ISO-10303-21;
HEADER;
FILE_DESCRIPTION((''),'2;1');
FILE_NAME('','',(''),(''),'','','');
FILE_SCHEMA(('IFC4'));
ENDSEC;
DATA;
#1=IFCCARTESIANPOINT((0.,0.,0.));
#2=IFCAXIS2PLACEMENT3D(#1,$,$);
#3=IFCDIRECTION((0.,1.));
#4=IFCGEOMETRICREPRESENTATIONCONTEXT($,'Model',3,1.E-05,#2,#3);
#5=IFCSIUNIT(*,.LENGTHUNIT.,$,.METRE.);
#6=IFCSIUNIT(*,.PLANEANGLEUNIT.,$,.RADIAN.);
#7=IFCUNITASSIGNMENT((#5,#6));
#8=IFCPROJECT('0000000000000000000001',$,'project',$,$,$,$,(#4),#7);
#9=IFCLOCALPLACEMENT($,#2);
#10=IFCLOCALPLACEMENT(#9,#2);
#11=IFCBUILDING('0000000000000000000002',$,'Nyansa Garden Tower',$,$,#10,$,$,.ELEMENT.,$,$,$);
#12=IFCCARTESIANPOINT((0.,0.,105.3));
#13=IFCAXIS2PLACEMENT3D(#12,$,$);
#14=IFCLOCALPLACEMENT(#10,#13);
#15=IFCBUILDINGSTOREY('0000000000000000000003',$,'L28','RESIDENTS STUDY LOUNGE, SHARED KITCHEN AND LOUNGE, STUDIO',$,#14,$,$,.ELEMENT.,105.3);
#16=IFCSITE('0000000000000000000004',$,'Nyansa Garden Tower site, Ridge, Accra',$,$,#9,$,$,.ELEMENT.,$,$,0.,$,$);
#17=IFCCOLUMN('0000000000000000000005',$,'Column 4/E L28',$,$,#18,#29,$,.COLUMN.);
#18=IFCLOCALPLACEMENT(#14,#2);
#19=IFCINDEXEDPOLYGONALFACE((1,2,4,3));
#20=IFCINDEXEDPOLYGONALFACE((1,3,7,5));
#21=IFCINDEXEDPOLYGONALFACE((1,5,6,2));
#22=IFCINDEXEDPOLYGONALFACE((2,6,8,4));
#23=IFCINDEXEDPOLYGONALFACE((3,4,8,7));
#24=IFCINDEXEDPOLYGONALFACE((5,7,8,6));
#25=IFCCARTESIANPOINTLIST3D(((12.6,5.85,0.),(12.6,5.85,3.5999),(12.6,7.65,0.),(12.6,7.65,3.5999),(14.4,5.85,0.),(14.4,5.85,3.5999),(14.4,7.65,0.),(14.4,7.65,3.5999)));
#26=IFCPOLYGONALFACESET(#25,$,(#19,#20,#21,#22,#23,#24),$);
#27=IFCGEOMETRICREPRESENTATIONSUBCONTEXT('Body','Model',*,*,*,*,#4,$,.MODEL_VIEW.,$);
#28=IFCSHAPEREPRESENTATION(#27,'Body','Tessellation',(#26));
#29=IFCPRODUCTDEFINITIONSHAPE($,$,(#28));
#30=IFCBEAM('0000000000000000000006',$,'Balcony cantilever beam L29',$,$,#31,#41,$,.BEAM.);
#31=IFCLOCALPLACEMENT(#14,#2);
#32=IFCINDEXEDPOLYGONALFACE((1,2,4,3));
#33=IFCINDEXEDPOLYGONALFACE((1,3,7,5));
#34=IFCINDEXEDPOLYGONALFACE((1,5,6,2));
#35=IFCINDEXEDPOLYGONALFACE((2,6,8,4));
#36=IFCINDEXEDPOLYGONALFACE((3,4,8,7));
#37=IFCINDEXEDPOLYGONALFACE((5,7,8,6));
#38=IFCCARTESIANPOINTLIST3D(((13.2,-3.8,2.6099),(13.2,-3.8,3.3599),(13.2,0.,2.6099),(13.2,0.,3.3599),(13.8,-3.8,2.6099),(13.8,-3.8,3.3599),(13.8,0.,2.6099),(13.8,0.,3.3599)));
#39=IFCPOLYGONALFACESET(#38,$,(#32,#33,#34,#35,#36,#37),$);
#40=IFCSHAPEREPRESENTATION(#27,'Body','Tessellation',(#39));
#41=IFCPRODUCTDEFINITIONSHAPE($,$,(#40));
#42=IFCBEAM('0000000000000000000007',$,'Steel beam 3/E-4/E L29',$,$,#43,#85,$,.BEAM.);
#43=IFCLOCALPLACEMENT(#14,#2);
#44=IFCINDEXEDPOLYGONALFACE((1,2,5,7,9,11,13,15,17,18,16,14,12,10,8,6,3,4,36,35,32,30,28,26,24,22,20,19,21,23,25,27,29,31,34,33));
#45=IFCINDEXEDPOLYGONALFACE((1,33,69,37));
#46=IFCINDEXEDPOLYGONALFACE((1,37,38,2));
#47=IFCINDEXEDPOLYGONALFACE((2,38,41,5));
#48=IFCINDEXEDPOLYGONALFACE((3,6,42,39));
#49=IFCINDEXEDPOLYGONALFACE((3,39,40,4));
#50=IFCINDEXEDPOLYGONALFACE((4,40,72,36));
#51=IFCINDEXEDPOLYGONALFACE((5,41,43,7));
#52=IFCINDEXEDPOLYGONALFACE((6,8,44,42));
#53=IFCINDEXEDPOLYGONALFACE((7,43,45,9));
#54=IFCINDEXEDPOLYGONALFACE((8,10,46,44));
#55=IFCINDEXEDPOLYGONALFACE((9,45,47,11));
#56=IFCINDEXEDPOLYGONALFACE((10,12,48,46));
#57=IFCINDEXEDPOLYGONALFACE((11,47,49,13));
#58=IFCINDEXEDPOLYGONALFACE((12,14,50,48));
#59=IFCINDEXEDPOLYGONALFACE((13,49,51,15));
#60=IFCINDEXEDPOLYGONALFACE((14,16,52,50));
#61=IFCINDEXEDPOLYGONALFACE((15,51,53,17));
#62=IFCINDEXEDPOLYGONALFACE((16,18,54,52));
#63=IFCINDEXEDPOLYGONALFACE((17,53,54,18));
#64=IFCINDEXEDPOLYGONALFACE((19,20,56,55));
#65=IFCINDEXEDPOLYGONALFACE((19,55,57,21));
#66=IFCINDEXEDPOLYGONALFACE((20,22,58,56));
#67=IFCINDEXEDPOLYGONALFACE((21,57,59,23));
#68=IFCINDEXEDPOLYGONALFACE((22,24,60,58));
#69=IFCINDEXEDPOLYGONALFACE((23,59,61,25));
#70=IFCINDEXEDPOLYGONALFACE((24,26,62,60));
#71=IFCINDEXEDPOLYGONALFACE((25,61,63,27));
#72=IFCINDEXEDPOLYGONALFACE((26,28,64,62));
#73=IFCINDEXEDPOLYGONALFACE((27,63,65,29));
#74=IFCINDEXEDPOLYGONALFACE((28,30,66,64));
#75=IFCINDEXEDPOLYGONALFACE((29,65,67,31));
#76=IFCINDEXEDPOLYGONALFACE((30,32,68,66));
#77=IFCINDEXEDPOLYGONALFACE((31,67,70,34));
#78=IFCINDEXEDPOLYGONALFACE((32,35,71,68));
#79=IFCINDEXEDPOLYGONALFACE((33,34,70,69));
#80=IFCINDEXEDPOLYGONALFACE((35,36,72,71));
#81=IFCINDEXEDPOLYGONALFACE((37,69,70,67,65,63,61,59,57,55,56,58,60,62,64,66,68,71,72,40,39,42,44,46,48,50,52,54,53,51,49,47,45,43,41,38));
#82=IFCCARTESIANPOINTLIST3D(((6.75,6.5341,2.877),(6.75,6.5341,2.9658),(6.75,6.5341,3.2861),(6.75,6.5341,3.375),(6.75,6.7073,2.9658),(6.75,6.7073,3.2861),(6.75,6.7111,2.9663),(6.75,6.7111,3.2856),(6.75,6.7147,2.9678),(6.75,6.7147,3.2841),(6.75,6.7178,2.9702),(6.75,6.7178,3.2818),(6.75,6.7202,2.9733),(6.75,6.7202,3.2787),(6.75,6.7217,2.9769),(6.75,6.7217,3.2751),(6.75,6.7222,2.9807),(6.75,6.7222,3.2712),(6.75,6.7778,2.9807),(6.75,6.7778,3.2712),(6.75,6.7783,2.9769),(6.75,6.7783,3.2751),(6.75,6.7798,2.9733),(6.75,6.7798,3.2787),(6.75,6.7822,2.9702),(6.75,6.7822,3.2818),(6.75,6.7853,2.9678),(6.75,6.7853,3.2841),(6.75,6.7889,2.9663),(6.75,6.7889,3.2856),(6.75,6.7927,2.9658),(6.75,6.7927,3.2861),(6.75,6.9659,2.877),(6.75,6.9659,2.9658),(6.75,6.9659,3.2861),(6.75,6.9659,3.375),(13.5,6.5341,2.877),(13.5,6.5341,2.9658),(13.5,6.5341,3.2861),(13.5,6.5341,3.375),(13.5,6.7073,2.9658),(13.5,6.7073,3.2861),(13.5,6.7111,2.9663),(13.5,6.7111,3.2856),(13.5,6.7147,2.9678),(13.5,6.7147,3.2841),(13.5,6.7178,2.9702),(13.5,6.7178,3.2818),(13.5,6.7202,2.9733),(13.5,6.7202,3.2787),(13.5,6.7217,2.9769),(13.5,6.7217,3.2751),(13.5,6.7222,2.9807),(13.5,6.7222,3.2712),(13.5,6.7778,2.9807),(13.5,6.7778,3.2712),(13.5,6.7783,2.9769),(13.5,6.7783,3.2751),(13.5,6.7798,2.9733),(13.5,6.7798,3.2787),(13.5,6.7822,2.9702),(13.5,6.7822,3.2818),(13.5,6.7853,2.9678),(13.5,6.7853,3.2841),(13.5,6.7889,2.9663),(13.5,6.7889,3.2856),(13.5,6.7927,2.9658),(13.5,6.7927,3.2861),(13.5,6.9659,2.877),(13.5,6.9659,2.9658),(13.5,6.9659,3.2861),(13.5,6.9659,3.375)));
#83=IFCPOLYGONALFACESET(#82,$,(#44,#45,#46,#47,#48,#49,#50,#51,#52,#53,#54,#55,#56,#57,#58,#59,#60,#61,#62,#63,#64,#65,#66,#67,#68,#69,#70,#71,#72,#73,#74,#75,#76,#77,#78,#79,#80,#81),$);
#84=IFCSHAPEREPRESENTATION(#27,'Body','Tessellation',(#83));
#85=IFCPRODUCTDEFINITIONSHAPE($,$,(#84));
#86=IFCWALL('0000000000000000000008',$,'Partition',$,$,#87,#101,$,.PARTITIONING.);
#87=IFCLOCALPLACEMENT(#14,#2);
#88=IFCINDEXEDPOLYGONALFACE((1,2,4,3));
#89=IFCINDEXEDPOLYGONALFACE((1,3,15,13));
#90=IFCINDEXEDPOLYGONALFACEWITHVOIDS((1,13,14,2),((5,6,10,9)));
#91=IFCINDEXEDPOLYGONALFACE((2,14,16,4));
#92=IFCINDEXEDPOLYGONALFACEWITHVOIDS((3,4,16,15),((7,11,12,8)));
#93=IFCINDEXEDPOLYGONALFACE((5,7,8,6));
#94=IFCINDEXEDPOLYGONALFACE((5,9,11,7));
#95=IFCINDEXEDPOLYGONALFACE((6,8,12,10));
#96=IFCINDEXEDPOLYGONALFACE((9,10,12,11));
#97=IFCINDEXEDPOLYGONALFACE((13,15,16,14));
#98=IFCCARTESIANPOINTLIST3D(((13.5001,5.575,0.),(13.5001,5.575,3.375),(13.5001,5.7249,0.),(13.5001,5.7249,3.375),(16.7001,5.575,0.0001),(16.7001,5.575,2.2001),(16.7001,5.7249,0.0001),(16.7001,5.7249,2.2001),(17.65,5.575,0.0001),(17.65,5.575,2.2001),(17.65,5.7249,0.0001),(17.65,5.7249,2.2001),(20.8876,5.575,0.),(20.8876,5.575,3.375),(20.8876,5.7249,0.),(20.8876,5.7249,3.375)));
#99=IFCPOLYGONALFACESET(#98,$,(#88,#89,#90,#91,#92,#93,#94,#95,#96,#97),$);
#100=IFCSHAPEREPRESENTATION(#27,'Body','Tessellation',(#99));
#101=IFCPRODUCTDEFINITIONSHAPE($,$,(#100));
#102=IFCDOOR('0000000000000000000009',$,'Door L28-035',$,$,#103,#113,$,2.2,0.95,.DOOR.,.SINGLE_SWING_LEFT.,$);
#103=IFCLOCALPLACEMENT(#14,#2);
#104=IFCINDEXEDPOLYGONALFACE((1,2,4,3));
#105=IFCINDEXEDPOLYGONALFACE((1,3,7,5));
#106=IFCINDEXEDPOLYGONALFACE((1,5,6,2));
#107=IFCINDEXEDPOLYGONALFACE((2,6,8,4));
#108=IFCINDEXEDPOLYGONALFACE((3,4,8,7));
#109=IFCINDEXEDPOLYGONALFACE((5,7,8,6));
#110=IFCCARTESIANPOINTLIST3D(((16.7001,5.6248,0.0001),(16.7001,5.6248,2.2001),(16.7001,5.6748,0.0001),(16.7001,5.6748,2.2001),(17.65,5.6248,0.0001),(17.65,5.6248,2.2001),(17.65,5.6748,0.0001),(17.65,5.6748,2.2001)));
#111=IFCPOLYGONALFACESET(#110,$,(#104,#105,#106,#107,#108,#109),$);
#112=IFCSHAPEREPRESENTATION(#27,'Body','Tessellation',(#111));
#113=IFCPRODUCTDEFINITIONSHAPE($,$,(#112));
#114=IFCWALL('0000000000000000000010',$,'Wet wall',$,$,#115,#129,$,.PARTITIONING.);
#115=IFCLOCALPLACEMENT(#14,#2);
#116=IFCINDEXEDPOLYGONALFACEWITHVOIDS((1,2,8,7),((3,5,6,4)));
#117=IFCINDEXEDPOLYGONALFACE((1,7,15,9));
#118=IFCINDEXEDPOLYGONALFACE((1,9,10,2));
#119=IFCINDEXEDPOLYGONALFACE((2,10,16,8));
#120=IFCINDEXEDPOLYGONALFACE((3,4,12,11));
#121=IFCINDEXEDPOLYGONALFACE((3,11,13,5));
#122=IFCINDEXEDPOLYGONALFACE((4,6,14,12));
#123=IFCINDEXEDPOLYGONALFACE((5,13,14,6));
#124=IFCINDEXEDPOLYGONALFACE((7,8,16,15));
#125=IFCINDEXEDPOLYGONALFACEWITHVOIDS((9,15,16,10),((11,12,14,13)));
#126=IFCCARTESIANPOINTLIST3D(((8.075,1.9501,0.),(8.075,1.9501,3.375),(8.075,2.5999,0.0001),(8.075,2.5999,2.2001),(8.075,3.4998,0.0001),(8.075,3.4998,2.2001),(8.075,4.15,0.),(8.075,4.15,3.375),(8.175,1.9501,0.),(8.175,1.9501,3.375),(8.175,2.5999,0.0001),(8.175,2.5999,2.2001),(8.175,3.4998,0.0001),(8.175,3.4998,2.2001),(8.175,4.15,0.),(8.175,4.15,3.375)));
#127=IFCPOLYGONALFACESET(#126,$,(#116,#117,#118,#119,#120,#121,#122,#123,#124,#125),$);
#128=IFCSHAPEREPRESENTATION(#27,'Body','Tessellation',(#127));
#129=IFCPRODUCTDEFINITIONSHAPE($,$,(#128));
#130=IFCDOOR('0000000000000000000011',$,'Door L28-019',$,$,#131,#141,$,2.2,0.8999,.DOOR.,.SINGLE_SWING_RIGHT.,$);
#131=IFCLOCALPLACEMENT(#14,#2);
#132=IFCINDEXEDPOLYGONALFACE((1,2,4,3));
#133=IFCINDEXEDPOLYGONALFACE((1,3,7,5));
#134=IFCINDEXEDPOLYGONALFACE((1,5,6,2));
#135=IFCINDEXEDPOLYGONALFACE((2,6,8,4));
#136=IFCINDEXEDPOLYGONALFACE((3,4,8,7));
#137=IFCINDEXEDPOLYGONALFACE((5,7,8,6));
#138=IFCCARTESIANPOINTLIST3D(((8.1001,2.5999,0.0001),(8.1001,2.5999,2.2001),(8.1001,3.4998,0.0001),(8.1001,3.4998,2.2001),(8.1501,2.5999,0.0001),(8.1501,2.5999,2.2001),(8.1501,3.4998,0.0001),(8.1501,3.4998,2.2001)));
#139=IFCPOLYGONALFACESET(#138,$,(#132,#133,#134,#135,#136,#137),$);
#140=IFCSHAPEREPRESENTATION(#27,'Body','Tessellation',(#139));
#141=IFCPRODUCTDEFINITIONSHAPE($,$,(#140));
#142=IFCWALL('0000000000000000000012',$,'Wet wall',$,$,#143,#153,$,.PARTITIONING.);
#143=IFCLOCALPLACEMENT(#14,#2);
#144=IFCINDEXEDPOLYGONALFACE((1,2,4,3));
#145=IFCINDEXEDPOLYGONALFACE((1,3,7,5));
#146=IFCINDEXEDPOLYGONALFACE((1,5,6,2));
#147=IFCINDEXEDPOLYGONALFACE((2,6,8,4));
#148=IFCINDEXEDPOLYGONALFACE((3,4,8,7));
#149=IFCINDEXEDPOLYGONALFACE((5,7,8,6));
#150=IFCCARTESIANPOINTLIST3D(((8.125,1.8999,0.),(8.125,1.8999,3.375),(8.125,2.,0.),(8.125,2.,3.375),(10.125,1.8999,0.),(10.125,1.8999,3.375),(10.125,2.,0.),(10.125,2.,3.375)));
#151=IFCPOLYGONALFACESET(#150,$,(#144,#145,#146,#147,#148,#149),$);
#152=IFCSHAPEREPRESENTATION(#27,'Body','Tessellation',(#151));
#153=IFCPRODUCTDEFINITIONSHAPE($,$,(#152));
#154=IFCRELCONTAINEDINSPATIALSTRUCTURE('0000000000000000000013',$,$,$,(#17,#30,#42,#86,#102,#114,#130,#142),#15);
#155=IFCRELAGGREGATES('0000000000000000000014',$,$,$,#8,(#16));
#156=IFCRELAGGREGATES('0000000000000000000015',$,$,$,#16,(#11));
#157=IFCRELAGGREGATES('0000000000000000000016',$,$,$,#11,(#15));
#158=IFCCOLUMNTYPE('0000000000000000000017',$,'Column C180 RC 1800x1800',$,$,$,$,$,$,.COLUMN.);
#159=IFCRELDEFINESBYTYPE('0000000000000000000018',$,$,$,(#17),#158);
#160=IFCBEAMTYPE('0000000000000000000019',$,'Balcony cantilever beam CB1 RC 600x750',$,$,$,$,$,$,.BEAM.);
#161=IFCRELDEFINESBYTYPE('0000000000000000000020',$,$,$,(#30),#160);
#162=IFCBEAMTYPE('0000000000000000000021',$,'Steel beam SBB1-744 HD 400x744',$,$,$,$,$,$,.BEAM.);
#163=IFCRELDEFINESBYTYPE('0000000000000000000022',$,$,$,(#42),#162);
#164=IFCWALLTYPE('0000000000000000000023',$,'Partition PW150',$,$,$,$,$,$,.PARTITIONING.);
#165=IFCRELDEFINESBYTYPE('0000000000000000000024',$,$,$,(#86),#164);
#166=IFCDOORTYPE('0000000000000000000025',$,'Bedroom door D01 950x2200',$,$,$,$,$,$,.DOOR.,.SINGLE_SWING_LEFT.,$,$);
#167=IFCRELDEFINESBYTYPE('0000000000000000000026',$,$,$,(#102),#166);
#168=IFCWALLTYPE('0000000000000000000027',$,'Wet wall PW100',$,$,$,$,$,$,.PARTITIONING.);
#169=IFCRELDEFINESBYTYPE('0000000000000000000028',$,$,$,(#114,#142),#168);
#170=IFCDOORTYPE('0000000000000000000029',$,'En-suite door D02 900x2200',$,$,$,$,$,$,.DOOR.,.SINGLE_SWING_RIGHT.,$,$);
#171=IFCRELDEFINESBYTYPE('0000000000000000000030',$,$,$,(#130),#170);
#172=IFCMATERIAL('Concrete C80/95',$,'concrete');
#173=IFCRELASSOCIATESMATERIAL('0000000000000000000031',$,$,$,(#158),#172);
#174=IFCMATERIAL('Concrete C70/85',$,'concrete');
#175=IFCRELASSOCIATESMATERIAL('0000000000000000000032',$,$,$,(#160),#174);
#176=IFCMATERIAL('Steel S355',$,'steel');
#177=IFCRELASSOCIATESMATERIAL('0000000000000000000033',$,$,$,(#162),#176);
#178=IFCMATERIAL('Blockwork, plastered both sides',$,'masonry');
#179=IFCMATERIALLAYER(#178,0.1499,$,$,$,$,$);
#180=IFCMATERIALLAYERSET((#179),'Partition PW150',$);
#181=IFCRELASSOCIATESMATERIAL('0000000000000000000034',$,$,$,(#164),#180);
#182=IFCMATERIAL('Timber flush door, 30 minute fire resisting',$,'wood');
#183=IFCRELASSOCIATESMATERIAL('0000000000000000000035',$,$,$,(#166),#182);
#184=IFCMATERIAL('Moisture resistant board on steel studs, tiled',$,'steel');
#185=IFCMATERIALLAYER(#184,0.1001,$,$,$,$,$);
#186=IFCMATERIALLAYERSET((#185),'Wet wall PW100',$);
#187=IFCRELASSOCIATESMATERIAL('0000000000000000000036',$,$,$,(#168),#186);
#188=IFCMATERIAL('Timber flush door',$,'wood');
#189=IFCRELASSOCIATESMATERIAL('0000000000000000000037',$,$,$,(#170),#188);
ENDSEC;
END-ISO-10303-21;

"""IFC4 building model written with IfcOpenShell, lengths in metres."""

from ifc_helpers import new_model, si_unit, direction, frame, frame_2d, origin, origin_2d, place, context, subcontext, project, spatial, rectangle, i_section, extrude, material, layer, layer_set, material_profile, profile_set, type_object, element, fill, save


model = new_model("IFC4")

# Units and contexts
model_context = context("Model", 3, precision=1e-05, world=origin(), true_north=direction((0.0, 1.0)))
body_context = subcontext(model_context, "Body", "Model", "MODEL_VIEW")
ifc_project = project(units=[si_unit("LENGTHUNIT", "METRE"), si_unit("PLANEANGLEUNIT", "RADIAN")], contexts=[model_context])

# Site, building, storey
site_placement = place(None, origin())
site = spatial("IfcSite", under=ifc_project, at=site_placement, Name="Nyansa Garden Tower site, Ridge, Accra", CompositionType="ELEMENT", RefElevation=0.0)
building_placement = place(site_placement, origin())
building = spatial("IfcBuilding", under=site, at=building_placement, Name="Nyansa Garden Tower", CompositionType="ELEMENT")
storey_placement = place(building_placement, frame((0.0, 0.0, 105.3)))
storey = spatial("IfcBuildingStorey", under=building, at=storey_placement, Name="L28", Description="RESIDENTS STUDY LOUNGE, SHARED KITCHEN AND LOUNGE, STUDIO", CompositionType="ELEMENT", Elevation=105.3)

# Column
ifc_material_1 = material(Name="Concrete C80/95", Category="concrete")
ifc_material_profile_1 = material_profile(ifc_material_1, rectangle(XDim=1.8, YDim=1.8, at=origin_2d()), Name="RC 1800x1800")
ifc_profile_set_1 = profile_set([ifc_material_profile_1], Name="Concrete C80/95")
column_type = type_object("IfcColumnType", Name="Column C180 RC 1800x1800", PredefinedType="COLUMN", material=ifc_profile_set_1)
column_placement = place(storey_placement, frame((13.5, 6.75, 0.0), z_axis=(0.0, 0.0, 1.0), x_axis=(1.0, 0.0, 0.0)))
element("IfcColumn", 1, at=column_placement, inside=storey, type_object=column_type, Name="Column 4/E L28", PredefinedType="COLUMN", context=body_context, shape_type="SweptSolid", body=[
    extrude(rectangle(XDim=1.8, YDim=1.8, at=origin_2d()), origin(), (0.0, 0.0, 1.0), 3.5999),
])

# Beams
ifc_material_2 = material(Name="Concrete C70/85", Category="concrete")
ifc_material_profile_2 = material_profile(ifc_material_2, rectangle(XDim=0.6001, YDim=0.75, at=origin_2d()), Name="RC 600x750")
ifc_profile_set_2 = profile_set([ifc_material_profile_2], Name="Concrete C70/85")
beam_type_1 = type_object("IfcBeamType", Name="Balcony cantilever beam CB1 RC 600x750", PredefinedType="BEAM", material=ifc_profile_set_2)
beam_1_placement = place(storey_placement, frame((13.5, 0.0, 2.9849), z_axis=(0.0, -1.0, 0.0), x_axis=(1.0, 0.0, 0.0)))
element("IfcBeam", 2, at=beam_1_placement, inside=storey, type_object=beam_type_1, Name="Balcony cantilever beam L29", PredefinedType="BEAM", context=body_context, shape_type="SweptSolid", body=[
    extrude(rectangle(XDim=0.6001, YDim=0.75, at=origin_2d()), origin(), (0.0, 0.0, 1.0), 3.8),
])
ifc_material_3 = material(Name="Steel S355", Category="steel")
ifc_material_profile_3 = material_profile(ifc_material_3, i_section(OverallWidth=0.4319, OverallDepth=0.498, WebThickness=0.0557, FlangeThickness=0.0889, FilletRadius=0.0149, at=origin_2d()), Name="HD 400x744")
ifc_profile_set_3 = profile_set([ifc_material_profile_3], Name="Steel S355")
beam_type_2 = type_object("IfcBeamType", Name="Steel beam SBB1-744 HD 400x744", PredefinedType="BEAM", material=ifc_profile_set_3)
beam_2_placement = place(storey_placement, frame((6.75, 6.75, 3.126), z_axis=(1.0, 0.0, 0.0), x_axis=(0.0, 1.0, 0.0)))
element("IfcBeam", 3, at=beam_2_placement, inside=storey, type_object=beam_type_2, Name="Steel beam 3/E-4/E L29", PredefinedType="BEAM", context=body_context, shape_type="SweptSolid", body=[
    extrude(i_section(OverallWidth=0.4319, OverallDepth=0.498, WebThickness=0.0557, FlangeThickness=0.0889, FilletRadius=0.0149, at=origin_2d()), origin(), (0.0, 0.0, 1.0), 6.75),
])

# Walls, openings, doors
ifc_material_4 = material(Name="Blockwork, plastered both sides", Category="masonry")
ifc_layer_1 = layer(ifc_material_4, 0.1499)
ifc_layer_set_1 = layer_set([ifc_layer_1], Name="Partition PW150")
wall_type_1 = type_object("IfcWallType", Name="Partition PW150", PredefinedType="PARTITIONING", material=ifc_layer_set_1)
wall_1_placement = place(storey_placement, frame((13.5, 5.6499, 0.0), z_axis=(0.0, 0.0, 1.0), x_axis=(1.0, 0.0, 0.0)))
wall_1 = element("IfcWall", 4, at=wall_1_placement, inside=storey, type_object=wall_type_1, Name="Partition", PredefinedType="PARTITIONING", context=body_context, shape_type="SweptSolid", body=[
    extrude(rectangle(XDim=7.3875, YDim=0.1499, at=frame_2d((3.6938, 0.0))), origin(), (0.0, 0.0, 1.0), 3.375),
])
opening_1_placement = place(wall_1_placement, frame((3.2, 0.0, 0.0)))
opening_1 = element("IfcOpeningElement", 5, at=opening_1_placement, cuts=wall_1, PredefinedType="OPENING", context=body_context, shape_type="SweptSolid", body=[
    extrude(rectangle(XDim=0.95, YDim=2.2, at=frame_2d((0.4751, 1.1001))), frame((0.0, 0.085, 0.0), z_axis=(0.0, -1.0, 0.0), x_axis=(1.0, 0.0, 0.0)), (0.0, 0.0, 1.0), 0.1699),
])
ifc_material_5 = material(Name="Timber flush door, 30 minute fire resisting", Category="wood")
door_type_1 = type_object("IfcDoorType", Name="Bedroom door D01 950x2200", OperationType="SINGLE_SWING_LEFT", PredefinedType="DOOR", material=ifc_material_5)
door_1_placement = place(opening_1_placement, origin())
door_1 = element("IfcDoor", 6, at=door_1_placement, inside=storey, type_object=door_type_1, Name="Door L28-035", OperationType="SINGLE_SWING_LEFT", OverallHeight=2.2, OverallWidth=0.95, PredefinedType="DOOR", context=body_context, shape_type="SweptSolid", body=[
    extrude(rectangle(XDim=0.95, YDim=2.2, at=frame_2d((0.4751, 1.1001))), frame((0.0, 0.0249, 0.0), z_axis=(0.0, -1.0, 0.0), x_axis=(1.0, 0.0, 0.0)), (0.0, 0.0, 1.0), 0.05),
])
fill(opening_1, door_1)
ifc_material_6 = material(Name="Moisture resistant board on steel studs, tiled", Category="steel")
ifc_layer_2 = layer(ifc_material_6, 0.1001)
ifc_layer_set_2 = layer_set([ifc_layer_2], Name="Wet wall PW100")
wall_type_2 = type_object("IfcWallType", Name="Wet wall PW100", PredefinedType="PARTITIONING", material=ifc_layer_set_2)
wall_2_placement = place(storey_placement, frame((8.125, 1.95, 0.0), z_axis=(0.0, 0.0, 1.0), x_axis=(0.0, 1.0, 0.0)))
wall_2 = element("IfcWall", 7, at=wall_2_placement, inside=storey, type_object=wall_type_2, Name="Wet wall", PredefinedType="PARTITIONING", context=body_context, shape_type="SweptSolid", body=[
    extrude(rectangle(XDim=2.2, YDim=0.1001, at=frame_2d((1.1001, 0.0))), origin(), (0.0, 0.0, 1.0), 3.375),
])
opening_2_placement = place(wall_2_placement, frame((0.6499, 0.0, 0.0)))
opening_2 = element("IfcOpeningElement", 8, at=opening_2_placement, cuts=wall_2, PredefinedType="OPENING", context=body_context, shape_type="SweptSolid", body=[
    extrude(rectangle(XDim=0.8999, YDim=2.2, at=frame_2d((0.45, 1.1001))), frame((0.0, 0.0601, 0.0), z_axis=(0.0, -1.0, 0.0), x_axis=(1.0, 0.0, 0.0)), (0.0, 0.0, 1.0), 0.1201),
])
ifc_material_7 = material(Name="Timber flush door", Category="wood")
door_type_2 = type_object("IfcDoorType", Name="En-suite door D02 900x2200", OperationType="SINGLE_SWING_RIGHT", PredefinedType="DOOR", material=ifc_material_7)
door_2_placement = place(opening_2_placement, origin())
door_2 = element("IfcDoor", 9, at=door_2_placement, inside=storey, type_object=door_type_2, Name="Door L28-019", OperationType="SINGLE_SWING_RIGHT", OverallHeight=2.2, OverallWidth=0.8999, PredefinedType="DOOR", context=body_context, shape_type="SweptSolid", body=[
    extrude(rectangle(XDim=0.8999, YDim=2.2, at=frame_2d((0.45, 1.1001))), frame((0.0, 0.0249, 0.0), z_axis=(0.0, -1.0, 0.0), x_axis=(1.0, 0.0, 0.0)), (0.0, 0.0, 1.0), 0.05),
])
fill(opening_2, door_2)

# Wall
wall_3_placement = place(storey_placement, frame((8.125, 1.95, 0.0), z_axis=(0.0, 0.0, 1.0), x_axis=(1.0, 0.0, 0.0)))
element("IfcWall", 10, at=wall_3_placement, inside=storey, type_object=wall_type_2, Name="Wet wall", PredefinedType="PARTITIONING", context=body_context, shape_type="SweptSolid", body=[
    extrude(rectangle(XDim=2.0, YDim=0.1001, at=frame_2d((1.0, 0.0))), origin(), (0.0, 0.0, 1.0), 3.375),
])

save(model, "model.ifc")
